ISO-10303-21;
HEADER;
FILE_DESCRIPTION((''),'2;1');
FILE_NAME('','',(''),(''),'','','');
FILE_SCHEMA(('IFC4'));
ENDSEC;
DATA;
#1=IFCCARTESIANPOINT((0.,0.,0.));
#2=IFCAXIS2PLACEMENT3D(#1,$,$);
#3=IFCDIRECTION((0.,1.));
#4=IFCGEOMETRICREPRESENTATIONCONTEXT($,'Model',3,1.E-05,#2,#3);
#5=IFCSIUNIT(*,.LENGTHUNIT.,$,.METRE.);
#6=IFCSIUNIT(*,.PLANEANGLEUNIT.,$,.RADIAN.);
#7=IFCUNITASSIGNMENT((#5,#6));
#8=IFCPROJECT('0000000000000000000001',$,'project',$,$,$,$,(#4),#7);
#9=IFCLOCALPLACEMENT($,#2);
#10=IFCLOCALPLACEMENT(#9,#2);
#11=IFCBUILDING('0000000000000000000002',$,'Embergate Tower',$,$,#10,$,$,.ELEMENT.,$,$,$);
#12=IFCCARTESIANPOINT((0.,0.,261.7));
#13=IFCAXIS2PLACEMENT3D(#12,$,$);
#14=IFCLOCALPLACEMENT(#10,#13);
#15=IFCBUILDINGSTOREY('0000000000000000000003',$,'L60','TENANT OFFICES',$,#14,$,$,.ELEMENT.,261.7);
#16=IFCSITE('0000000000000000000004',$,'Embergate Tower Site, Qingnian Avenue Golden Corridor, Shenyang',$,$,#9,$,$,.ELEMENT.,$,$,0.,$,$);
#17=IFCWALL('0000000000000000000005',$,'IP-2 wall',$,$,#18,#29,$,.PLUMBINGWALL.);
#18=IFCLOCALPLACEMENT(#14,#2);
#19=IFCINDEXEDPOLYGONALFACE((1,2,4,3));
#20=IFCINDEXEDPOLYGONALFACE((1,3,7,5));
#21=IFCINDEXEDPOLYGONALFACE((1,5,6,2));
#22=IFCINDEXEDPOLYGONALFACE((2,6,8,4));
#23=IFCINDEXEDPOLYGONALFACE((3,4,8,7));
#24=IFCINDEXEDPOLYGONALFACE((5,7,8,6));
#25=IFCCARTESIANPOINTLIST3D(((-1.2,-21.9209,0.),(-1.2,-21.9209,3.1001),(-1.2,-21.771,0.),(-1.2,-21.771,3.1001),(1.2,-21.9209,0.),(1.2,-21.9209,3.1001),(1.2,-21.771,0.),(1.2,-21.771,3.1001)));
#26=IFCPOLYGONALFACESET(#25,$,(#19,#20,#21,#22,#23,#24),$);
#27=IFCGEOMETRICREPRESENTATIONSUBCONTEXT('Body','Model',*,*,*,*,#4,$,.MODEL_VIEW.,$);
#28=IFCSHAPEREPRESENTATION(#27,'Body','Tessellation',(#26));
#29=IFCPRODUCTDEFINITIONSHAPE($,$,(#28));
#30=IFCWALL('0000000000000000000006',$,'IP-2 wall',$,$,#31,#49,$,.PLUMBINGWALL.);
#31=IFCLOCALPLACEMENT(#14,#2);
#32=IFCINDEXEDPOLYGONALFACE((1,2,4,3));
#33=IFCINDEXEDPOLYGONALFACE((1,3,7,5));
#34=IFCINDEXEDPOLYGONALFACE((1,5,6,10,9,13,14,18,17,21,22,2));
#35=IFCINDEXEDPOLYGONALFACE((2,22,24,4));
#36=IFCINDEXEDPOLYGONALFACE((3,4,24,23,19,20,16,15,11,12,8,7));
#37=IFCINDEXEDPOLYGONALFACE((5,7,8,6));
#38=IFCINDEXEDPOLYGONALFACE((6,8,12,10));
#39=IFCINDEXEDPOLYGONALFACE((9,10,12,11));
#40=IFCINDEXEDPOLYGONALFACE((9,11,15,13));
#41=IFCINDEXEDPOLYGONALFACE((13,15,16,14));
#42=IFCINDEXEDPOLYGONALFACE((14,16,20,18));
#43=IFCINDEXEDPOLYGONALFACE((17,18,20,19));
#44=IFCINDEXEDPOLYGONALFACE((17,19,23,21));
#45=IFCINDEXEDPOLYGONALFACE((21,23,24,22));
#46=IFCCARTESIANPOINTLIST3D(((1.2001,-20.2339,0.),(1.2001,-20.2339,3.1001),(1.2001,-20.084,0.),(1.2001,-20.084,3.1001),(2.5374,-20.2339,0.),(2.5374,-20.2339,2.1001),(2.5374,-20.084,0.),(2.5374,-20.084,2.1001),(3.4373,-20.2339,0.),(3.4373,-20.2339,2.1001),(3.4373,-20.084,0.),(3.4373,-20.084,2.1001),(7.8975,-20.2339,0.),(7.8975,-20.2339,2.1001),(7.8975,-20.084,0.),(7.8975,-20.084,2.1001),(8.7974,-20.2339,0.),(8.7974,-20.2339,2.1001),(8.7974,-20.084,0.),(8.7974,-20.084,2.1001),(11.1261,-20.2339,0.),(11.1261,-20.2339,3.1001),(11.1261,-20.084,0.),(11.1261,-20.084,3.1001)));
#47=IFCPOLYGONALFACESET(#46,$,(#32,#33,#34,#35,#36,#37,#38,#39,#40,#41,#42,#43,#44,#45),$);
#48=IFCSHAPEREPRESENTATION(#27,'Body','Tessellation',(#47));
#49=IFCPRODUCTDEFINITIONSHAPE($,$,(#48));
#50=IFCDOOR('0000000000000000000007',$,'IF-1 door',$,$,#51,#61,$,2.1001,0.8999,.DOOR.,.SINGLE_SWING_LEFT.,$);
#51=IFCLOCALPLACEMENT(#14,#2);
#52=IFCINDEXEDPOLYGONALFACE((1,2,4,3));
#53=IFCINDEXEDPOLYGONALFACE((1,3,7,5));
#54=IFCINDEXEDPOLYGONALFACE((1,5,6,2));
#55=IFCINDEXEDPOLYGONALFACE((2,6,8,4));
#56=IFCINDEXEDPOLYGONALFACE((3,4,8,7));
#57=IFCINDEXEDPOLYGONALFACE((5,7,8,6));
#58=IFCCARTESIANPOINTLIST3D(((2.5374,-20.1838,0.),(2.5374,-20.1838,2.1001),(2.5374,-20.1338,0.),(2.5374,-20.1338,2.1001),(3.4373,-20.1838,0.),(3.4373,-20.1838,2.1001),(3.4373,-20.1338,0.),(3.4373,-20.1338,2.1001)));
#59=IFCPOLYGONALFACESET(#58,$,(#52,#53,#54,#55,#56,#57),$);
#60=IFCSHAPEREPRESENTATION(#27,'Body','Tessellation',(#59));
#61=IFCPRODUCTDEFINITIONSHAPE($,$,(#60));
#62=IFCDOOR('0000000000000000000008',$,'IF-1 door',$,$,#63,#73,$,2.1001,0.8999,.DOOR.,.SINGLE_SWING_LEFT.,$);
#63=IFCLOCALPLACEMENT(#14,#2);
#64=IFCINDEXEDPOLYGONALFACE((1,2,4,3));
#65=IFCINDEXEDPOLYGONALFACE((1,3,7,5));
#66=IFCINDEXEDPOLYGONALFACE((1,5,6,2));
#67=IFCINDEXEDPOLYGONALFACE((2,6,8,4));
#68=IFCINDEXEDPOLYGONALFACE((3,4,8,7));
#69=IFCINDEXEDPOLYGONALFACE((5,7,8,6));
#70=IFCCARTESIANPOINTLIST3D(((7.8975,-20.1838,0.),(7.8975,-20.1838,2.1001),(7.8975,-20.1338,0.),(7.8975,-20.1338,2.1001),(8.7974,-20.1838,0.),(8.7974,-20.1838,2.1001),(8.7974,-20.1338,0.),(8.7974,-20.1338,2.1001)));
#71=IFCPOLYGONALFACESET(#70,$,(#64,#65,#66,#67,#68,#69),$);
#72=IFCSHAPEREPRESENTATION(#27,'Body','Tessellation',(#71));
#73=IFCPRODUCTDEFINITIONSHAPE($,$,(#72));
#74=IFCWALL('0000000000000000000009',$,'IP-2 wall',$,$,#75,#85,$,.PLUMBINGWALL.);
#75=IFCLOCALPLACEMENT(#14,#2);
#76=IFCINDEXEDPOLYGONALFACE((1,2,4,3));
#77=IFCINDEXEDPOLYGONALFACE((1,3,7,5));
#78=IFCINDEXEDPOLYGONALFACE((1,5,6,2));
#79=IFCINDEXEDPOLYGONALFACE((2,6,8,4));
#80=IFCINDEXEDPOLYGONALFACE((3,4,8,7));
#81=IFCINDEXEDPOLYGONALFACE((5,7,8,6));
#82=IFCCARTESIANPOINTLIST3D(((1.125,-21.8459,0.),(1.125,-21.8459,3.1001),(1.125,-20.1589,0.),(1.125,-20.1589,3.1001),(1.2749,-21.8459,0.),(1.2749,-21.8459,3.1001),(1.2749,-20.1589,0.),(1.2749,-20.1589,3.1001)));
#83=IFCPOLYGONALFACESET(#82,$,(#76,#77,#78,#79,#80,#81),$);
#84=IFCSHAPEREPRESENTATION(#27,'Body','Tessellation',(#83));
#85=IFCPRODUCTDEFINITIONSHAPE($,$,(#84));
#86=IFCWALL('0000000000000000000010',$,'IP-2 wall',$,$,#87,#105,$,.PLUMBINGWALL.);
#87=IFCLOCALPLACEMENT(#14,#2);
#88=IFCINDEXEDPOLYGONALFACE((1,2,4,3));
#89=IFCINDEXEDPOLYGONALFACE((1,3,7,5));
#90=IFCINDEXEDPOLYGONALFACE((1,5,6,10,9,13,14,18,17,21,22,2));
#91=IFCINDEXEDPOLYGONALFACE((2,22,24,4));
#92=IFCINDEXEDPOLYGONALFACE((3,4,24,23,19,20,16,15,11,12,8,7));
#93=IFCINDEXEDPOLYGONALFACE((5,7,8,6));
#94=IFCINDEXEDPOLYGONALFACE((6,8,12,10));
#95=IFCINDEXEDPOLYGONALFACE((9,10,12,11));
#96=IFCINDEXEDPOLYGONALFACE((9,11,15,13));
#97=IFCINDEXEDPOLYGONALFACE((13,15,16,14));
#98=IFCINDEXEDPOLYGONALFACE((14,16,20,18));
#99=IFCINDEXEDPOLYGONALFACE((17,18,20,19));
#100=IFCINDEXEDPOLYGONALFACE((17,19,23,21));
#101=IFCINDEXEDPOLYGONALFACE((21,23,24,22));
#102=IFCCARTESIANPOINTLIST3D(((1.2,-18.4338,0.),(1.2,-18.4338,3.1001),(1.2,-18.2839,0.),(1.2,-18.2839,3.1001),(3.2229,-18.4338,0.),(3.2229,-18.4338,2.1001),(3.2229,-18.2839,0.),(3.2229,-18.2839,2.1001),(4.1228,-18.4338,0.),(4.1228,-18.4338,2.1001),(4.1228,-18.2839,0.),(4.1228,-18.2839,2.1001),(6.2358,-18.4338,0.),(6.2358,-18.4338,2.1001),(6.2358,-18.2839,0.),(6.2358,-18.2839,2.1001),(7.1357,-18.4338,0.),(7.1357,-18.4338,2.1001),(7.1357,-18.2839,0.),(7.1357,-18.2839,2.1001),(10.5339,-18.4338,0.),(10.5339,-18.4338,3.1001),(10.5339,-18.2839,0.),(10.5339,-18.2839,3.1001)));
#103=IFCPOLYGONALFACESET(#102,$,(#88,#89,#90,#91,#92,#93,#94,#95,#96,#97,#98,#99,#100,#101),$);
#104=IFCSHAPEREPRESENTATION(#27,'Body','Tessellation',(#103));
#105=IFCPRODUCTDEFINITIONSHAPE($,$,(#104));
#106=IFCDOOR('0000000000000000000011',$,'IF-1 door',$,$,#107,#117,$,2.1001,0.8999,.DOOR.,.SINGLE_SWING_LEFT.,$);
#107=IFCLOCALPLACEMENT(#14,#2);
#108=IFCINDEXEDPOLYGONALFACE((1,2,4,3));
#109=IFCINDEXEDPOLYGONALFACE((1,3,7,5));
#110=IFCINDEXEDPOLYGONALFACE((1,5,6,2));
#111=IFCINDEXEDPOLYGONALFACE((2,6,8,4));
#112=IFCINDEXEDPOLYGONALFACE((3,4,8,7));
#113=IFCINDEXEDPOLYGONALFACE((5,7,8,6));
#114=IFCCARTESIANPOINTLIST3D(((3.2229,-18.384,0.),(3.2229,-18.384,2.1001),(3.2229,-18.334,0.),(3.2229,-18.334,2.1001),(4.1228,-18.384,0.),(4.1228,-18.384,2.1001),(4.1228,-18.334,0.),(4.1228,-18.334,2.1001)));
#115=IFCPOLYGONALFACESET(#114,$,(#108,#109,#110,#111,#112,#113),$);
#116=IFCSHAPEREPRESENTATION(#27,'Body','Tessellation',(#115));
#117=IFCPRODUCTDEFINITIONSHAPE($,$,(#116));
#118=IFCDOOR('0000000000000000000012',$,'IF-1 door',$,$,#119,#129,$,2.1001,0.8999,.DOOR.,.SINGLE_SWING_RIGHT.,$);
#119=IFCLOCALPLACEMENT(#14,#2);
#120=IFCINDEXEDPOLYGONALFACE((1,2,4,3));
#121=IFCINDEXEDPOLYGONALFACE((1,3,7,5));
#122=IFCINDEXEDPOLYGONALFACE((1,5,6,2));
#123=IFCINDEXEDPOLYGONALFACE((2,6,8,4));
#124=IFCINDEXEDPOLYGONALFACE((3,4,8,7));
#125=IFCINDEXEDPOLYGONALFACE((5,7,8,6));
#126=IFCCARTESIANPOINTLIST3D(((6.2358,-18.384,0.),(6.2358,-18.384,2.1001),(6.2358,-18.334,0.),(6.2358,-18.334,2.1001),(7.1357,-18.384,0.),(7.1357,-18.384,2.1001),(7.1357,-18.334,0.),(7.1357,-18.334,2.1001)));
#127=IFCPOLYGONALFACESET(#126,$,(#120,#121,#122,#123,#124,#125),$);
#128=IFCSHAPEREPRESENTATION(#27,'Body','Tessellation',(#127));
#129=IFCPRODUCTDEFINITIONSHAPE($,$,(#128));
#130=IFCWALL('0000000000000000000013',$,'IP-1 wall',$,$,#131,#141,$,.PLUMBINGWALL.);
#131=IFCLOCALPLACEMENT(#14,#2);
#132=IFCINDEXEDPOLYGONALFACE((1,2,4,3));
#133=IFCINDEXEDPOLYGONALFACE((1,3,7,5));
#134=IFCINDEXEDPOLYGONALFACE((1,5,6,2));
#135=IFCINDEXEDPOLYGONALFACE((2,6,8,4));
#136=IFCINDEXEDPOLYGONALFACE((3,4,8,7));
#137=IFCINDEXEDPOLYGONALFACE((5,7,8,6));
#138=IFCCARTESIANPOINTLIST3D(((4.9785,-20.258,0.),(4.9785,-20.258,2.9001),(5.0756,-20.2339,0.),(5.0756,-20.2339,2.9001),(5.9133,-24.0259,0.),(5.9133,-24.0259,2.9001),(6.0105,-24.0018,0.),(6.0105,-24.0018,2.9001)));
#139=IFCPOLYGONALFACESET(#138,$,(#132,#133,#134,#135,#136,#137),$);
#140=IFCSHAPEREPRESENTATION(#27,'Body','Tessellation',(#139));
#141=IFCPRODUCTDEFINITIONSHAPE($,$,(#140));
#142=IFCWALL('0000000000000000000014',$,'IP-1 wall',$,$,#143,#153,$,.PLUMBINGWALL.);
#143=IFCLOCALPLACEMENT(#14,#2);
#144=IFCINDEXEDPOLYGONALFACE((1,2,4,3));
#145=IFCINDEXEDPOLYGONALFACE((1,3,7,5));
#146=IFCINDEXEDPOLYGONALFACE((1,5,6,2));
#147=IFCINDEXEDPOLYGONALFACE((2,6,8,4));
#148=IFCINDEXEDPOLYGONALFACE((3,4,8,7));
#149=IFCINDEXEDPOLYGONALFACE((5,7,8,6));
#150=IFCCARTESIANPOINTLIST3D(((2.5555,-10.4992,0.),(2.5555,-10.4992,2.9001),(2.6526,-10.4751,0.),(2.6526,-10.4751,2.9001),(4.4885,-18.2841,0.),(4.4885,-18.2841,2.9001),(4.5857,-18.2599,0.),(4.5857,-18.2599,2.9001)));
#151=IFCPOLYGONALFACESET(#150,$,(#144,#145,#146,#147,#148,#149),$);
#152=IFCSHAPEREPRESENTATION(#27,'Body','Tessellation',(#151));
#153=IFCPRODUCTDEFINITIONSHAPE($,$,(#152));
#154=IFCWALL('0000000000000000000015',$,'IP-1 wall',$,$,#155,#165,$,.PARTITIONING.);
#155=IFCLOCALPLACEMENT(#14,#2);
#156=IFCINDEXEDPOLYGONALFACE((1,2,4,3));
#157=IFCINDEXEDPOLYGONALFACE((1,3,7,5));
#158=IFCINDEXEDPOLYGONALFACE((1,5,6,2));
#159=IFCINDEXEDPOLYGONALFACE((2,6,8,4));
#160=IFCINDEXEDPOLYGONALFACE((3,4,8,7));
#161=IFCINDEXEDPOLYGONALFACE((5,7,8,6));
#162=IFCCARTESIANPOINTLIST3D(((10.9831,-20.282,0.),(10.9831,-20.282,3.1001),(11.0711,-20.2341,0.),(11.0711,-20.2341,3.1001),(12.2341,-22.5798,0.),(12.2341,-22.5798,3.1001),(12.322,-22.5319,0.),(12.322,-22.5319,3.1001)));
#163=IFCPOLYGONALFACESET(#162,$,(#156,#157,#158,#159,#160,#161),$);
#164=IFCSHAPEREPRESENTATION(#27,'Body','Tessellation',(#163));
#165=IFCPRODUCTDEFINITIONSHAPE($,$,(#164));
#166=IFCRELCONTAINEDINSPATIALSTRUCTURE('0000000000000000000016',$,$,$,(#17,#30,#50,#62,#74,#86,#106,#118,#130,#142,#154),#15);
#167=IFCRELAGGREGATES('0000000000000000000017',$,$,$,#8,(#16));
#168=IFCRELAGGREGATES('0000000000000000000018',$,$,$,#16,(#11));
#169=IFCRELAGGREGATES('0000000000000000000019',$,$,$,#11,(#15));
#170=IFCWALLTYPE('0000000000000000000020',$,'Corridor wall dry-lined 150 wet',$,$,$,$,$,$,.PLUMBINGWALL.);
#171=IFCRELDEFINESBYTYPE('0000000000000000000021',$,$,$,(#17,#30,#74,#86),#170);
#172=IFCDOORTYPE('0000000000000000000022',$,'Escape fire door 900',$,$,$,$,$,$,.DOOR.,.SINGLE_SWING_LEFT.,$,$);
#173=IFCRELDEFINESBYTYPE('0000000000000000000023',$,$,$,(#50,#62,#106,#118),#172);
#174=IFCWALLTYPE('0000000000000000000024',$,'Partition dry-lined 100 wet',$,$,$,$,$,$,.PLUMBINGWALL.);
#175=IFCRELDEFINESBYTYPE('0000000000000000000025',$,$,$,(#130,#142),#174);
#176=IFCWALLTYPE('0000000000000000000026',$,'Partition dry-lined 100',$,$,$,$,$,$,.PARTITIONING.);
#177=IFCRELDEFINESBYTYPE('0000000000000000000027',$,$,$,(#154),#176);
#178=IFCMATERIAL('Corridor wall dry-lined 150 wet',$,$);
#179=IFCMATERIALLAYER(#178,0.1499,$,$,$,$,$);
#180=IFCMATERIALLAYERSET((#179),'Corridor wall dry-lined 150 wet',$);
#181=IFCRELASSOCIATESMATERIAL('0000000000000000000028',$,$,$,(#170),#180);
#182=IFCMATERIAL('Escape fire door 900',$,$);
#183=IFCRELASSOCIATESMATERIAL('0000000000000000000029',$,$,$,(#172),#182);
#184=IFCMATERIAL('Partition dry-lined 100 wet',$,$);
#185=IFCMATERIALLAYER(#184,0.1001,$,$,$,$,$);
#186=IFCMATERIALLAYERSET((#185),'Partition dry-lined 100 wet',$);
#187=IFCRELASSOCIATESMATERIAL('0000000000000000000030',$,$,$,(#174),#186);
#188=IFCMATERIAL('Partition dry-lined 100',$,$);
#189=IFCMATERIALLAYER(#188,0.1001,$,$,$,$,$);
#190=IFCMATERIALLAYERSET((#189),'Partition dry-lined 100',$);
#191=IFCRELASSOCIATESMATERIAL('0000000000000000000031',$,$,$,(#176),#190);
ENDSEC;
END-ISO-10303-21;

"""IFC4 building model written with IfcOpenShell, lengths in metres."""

from ifc_helpers import new_model, si_unit, direction, frame, frame_2d, origin, place, context, subcontext, project, spatial, rectangle, extrude, source, transform, mapped, material, layer, layer_set, type_object, element, fill, save


model = new_model("IFC4")

# Units and contexts
model_context = context("Model", 3, precision=1e-05, world=origin(), true_north=direction((0.0, 1.0)))
body_context = subcontext(model_context, "Body", "Model", "MODEL_VIEW")
ifc_project = project(units=[si_unit("LENGTHUNIT", "METRE"), si_unit("PLANEANGLEUNIT", "RADIAN")], contexts=[model_context])

# Site, building, storey
site_placement = place(None, origin())
site = spatial("IfcSite", under=ifc_project, at=site_placement, Name="Embergate Tower Site, Qingnian Avenue Golden Corridor, Shenyang", CompositionType="ELEMENT", RefElevation=0.0)
building_placement = place(site_placement, origin())
building = spatial("IfcBuilding", under=site, at=building_placement, Name="Embergate Tower", CompositionType="ELEMENT")
storey_placement = place(building_placement, frame((0.0, 0.0, 261.7)))
storey = spatial("IfcBuildingStorey", under=building, at=storey_placement, Name="L60", Description="TENANT OFFICES", CompositionType="ELEMENT", Elevation=261.7)

# Wall
ifc_material_1 = material(Name="Corridor wall dry-lined 150 wet")
ifc_layer_1 = layer(ifc_material_1, 0.1499)
ifc_layer_set_1 = layer_set([ifc_layer_1], Name="Corridor wall dry-lined 150 wet")
wall_type_1 = type_object("IfcWallType", Name="Corridor wall dry-lined 150 wet", PredefinedType="PLUMBINGWALL", material=ifc_layer_set_1)
shared_shape_1 = source(origin(), body_context, "Body", "SweptSolid", [
    extrude(rectangle(XDim=2.3999, YDim=0.1499, at=frame_2d((1.2, 0.0))), origin(), (0.0, 0.0, 1.0), 3.1001),
])
wall_1_placement = place(storey_placement, frame((1.2, -21.8459, 0.0), z_axis=(0.0, 0.0, 1.0), x_axis=(-1.0, 0.0, 0.0)))
element("IfcWall", 1, at=wall_1_placement, inside=storey, type_object=wall_type_1, Name="IP-2 wall", PredefinedType="PLUMBINGWALL", context=body_context, shape_type="MappedRepresentation", body=[
    mapped(shared_shape_1, transform((0.0, 0.0, 0.0))),
])

# Wall, openings, doors
shared_shape_2 = source(origin(), body_context, "Body", "SweptSolid", [
    extrude(rectangle(XDim=9.926, YDim=0.1499, at=frame_2d((4.9629, 0.0))), origin(), (0.0, 0.0, 1.0), 3.1001),
])
wall_2_placement = place(storey_placement, frame((11.126, -20.1589, 0.0), z_axis=(0.0, 0.0, 1.0), x_axis=(-1.0, 0.0, 0.0)))
wall_2 = element("IfcWall", 2, at=wall_2_placement, inside=storey, type_object=wall_type_1, Name="IP-2 wall", PredefinedType="PLUMBINGWALL", context=body_context, shape_type="MappedRepresentation", body=[
    mapped(shared_shape_2, transform((0.0, 0.0, 0.0))),
])
shared_shape_3 = source(origin(), body_context, "Body", "SweptSolid", [
    extrude(rectangle(XDim=0.8999, YDim=2.1001, at=frame_2d((0.45, 1.05))), frame((0.0, 0.085, 0.0), z_axis=(0.0, -1.0, 0.0), x_axis=(1.0, 0.0, 0.0)), (0.0, 0.0, 1.0), 0.1699),
])
opening_1_placement = place(wall_2_placement, frame((7.6887, 0.0, 0.0)))
opening_1 = element("IfcOpeningElement", 3, at=opening_1_placement, cuts=wall_2, PredefinedType="OPENING", context=body_context, shape_type="MappedRepresentation", body=[
    mapped(shared_shape_3, transform((0.0, 0.0, 0.0))),
])
opening_2_placement = place(wall_2_placement, frame((2.3286, 0.0, 0.0)))
opening_2 = element("IfcOpeningElement", 4, at=opening_2_placement, cuts=wall_2, PredefinedType="OPENING", context=body_context, shape_type="MappedRepresentation", body=[
    mapped(shared_shape_3, transform((0.0, 0.0, 0.0))),
])
ifc_material_2 = material(Name="Escape fire door 900")
door_type = type_object("IfcDoorType", Name="Escape fire door 900", OperationType="SINGLE_SWING_LEFT", PredefinedType="DOOR", material=ifc_material_2)
shared_shape_4 = source(origin(), body_context, "Body", "SweptSolid", [
    extrude(rectangle(XDim=0.8999, YDim=2.1001, at=frame_2d((0.45, 1.05))), frame((0.0, 0.0249, 0.0), z_axis=(0.0, -1.0, 0.0), x_axis=(1.0, 0.0, 0.0)), (0.0, 0.0, 1.0), 0.05),
])
door_1_placement = place(opening_1_placement, origin())
door_1 = element("IfcDoor", 5, at=door_1_placement, inside=storey, type_object=door_type, Name="IF-1 door", OperationType="SINGLE_SWING_LEFT", OverallHeight=2.1001, OverallWidth=0.8999, PredefinedType="DOOR", context=body_context, shape_type="MappedRepresentation", body=[
    mapped(shared_shape_4, transform((0.0, 0.0, 0.0))),
])
fill(opening_1, door_1)
door_2_placement = place(opening_2_placement, origin())
door_2 = element("IfcDoor", 6, at=door_2_placement, inside=storey, type_object=door_type, Name="IF-1 door", OperationType="SINGLE_SWING_LEFT", OverallHeight=2.1001, OverallWidth=0.8999, PredefinedType="DOOR", context=body_context, shape_type="MappedRepresentation", body=[
    mapped(shared_shape_4, transform((0.0, 0.0, 0.0))),
])
fill(opening_2, door_2)

# Wall
shared_shape_5 = source(origin(), body_context, "Body", "SweptSolid", [
    extrude(rectangle(XDim=1.687, YDim=0.1499, at=frame_2d((0.8435, 0.0))), origin(), (0.0, 0.0, 1.0), 3.1001),
])
wall_3_placement = place(storey_placement, frame((1.2, -20.1589, 0.0), z_axis=(0.0, 0.0, 1.0), x_axis=(0.0, -1.0, 0.0)))
element("IfcWall", 7, at=wall_3_placement, inside=storey, type_object=wall_type_1, Name="IP-2 wall", PredefinedType="PLUMBINGWALL", context=body_context, shape_type="MappedRepresentation", body=[
    mapped(shared_shape_5, transform((0.0, 0.0, 0.0))),
])

# Wall, openings, doors
shared_shape_6 = source(origin(), body_context, "Body", "SweptSolid", [
    extrude(rectangle(XDim=9.334, YDim=0.1499, at=frame_2d((4.667, 0.0))), origin(), (0.0, 0.0, 1.0), 3.1001),
])
wall_4_placement = place(storey_placement, frame((1.2, -18.3589, 0.0), z_axis=(0.0, 0.0, 1.0), x_axis=(1.0, 0.0, 0.0)))
wall_4 = element("IfcWall", 8, at=wall_4_placement, inside=storey, type_object=wall_type_1, Name="IP-2 wall", PredefinedType="PLUMBINGWALL", context=body_context, shape_type="MappedRepresentation", body=[
    mapped(shared_shape_6, transform((0.0, 0.0, 0.0))),
])
opening_3_placement = place(wall_4_placement, frame((2.0229, 0.0, 0.0)))
opening_3 = element("IfcOpeningElement", 9, at=opening_3_placement, cuts=wall_4, PredefinedType="OPENING", context=body_context, shape_type="MappedRepresentation", body=[
    mapped(shared_shape_3, transform((0.0, 0.0, 0.0))),
])
opening_4_placement = place(wall_4_placement, frame((5.0359, 0.0, 0.0)))
opening_4 = element("IfcOpeningElement", 10, at=opening_4_placement, cuts=wall_4, PredefinedType="OPENING", context=body_context, shape_type="MappedRepresentation", body=[
    mapped(shared_shape_3, transform((0.0, 0.0, 0.0))),
])
door_3_placement = place(opening_3_placement, origin())
door_3 = element("IfcDoor", 11, at=door_3_placement, inside=storey, type_object=door_type, Name="IF-1 door", OperationType="SINGLE_SWING_LEFT", OverallHeight=2.1001, OverallWidth=0.8999, PredefinedType="DOOR", context=body_context, shape_type="MappedRepresentation", body=[
    mapped(shared_shape_4, transform((0.0, 0.0, 0.0))),
])
fill(opening_3, door_3)
door_4_placement = place(opening_4_placement, origin())
door_4 = element("IfcDoor", 12, at=door_4_placement, inside=storey, type_object=door_type, Name="IF-1 door", OperationType="SINGLE_SWING_RIGHT", OverallHeight=2.1001, OverallWidth=0.8999, PredefinedType="DOOR", context=body_context, shape_type="MappedRepresentation", body=[
    mapped(shared_shape_4, transform((0.0, 0.0, 0.0))),
])
fill(opening_4, door_4)

# Walls
ifc_material_3 = material(Name="Partition dry-lined 100 wet")
ifc_layer_2 = layer(ifc_material_3, 0.1001)
ifc_layer_set_2 = layer_set([ifc_layer_2], Name="Partition dry-lined 100 wet")
wall_type_2 = type_object("IfcWallType", Name="Partition dry-lined 100 wet", PredefinedType="PLUMBINGWALL", material=ifc_layer_set_2)
shared_shape_7 = source(origin(), body_context, "Body", "SweptSolid", [
    extrude(rectangle(XDim=3.8821, YDim=0.1001, at=frame_2d((1.9409, 0.0))), origin(), (0.0, 0.0, 1.0), 2.9001),
])
wall_5_placement = place(storey_placement, frame((5.0271, -20.2461, 0.0), z_axis=(0.0, 0.0, 1.0), x_axis=(0.240804, -0.970574, 0.0)))
element("IfcWall", 13, at=wall_5_placement, inside=storey, type_object=wall_type_2, Name="IP-1 wall", PredefinedType="PLUMBINGWALL", context=body_context, shape_type="MappedRepresentation", body=[
    mapped(shared_shape_7, transform((0.0, 0.0, 0.0))),
])
shared_shape_8 = source(origin(), body_context, "Body", "SweptSolid", [
    extrude(rectangle(XDim=8.0212, YDim=0.1001, at=frame_2d((4.0107, 0.0))), origin(), (0.0, 0.0, 1.0), 2.9001),
])
wall_6_placement = place(storey_placement, frame((2.604, -10.4871, 0.0), z_axis=(0.0, 0.0, 1.0), x_axis=(0.240996, -0.970526, 0.0)))
element("IfcWall", 14, at=wall_6_placement, inside=storey, type_object=wall_type_2, Name="IP-1 wall", PredefinedType="PLUMBINGWALL", context=body_context, shape_type="MappedRepresentation", body=[
    mapped(shared_shape_8, transform((0.0, 0.0, 0.0))),
])
ifc_material_4 = material(Name="Partition dry-lined 100")
ifc_layer_3 = layer(ifc_material_4, 0.1001)
ifc_layer_set_3 = layer_set([ifc_layer_3], Name="Partition dry-lined 100")
wall_type_3 = type_object("IfcWallType", Name="Partition dry-lined 100", PredefinedType="PARTITIONING", material=ifc_layer_set_3)
shared_shape_9 = source(origin(), body_context, "Body", "SweptSolid", [
    extrude(rectangle(XDim=2.6162, YDim=0.1001, at=frame_2d((1.3081, 0.0))), origin(), (0.0, 0.0, 1.0), 3.1001),
])
wall_7_placement = place(storey_placement, frame((11.0271, -20.2581, 0.0), z_axis=(0.0, 0.0, 1.0), x_axis=(0.478146, -0.87828, 0.0)))
element("IfcWall", 15, at=wall_7_placement, inside=storey, type_object=wall_type_3, Name="IP-1 wall", PredefinedType="PARTITIONING", context=body_context, shape_type="MappedRepresentation", body=[
    mapped(shared_shape_9, transform((0.0, 0.0, 0.0))),
])

save(model, "model.ifc")
